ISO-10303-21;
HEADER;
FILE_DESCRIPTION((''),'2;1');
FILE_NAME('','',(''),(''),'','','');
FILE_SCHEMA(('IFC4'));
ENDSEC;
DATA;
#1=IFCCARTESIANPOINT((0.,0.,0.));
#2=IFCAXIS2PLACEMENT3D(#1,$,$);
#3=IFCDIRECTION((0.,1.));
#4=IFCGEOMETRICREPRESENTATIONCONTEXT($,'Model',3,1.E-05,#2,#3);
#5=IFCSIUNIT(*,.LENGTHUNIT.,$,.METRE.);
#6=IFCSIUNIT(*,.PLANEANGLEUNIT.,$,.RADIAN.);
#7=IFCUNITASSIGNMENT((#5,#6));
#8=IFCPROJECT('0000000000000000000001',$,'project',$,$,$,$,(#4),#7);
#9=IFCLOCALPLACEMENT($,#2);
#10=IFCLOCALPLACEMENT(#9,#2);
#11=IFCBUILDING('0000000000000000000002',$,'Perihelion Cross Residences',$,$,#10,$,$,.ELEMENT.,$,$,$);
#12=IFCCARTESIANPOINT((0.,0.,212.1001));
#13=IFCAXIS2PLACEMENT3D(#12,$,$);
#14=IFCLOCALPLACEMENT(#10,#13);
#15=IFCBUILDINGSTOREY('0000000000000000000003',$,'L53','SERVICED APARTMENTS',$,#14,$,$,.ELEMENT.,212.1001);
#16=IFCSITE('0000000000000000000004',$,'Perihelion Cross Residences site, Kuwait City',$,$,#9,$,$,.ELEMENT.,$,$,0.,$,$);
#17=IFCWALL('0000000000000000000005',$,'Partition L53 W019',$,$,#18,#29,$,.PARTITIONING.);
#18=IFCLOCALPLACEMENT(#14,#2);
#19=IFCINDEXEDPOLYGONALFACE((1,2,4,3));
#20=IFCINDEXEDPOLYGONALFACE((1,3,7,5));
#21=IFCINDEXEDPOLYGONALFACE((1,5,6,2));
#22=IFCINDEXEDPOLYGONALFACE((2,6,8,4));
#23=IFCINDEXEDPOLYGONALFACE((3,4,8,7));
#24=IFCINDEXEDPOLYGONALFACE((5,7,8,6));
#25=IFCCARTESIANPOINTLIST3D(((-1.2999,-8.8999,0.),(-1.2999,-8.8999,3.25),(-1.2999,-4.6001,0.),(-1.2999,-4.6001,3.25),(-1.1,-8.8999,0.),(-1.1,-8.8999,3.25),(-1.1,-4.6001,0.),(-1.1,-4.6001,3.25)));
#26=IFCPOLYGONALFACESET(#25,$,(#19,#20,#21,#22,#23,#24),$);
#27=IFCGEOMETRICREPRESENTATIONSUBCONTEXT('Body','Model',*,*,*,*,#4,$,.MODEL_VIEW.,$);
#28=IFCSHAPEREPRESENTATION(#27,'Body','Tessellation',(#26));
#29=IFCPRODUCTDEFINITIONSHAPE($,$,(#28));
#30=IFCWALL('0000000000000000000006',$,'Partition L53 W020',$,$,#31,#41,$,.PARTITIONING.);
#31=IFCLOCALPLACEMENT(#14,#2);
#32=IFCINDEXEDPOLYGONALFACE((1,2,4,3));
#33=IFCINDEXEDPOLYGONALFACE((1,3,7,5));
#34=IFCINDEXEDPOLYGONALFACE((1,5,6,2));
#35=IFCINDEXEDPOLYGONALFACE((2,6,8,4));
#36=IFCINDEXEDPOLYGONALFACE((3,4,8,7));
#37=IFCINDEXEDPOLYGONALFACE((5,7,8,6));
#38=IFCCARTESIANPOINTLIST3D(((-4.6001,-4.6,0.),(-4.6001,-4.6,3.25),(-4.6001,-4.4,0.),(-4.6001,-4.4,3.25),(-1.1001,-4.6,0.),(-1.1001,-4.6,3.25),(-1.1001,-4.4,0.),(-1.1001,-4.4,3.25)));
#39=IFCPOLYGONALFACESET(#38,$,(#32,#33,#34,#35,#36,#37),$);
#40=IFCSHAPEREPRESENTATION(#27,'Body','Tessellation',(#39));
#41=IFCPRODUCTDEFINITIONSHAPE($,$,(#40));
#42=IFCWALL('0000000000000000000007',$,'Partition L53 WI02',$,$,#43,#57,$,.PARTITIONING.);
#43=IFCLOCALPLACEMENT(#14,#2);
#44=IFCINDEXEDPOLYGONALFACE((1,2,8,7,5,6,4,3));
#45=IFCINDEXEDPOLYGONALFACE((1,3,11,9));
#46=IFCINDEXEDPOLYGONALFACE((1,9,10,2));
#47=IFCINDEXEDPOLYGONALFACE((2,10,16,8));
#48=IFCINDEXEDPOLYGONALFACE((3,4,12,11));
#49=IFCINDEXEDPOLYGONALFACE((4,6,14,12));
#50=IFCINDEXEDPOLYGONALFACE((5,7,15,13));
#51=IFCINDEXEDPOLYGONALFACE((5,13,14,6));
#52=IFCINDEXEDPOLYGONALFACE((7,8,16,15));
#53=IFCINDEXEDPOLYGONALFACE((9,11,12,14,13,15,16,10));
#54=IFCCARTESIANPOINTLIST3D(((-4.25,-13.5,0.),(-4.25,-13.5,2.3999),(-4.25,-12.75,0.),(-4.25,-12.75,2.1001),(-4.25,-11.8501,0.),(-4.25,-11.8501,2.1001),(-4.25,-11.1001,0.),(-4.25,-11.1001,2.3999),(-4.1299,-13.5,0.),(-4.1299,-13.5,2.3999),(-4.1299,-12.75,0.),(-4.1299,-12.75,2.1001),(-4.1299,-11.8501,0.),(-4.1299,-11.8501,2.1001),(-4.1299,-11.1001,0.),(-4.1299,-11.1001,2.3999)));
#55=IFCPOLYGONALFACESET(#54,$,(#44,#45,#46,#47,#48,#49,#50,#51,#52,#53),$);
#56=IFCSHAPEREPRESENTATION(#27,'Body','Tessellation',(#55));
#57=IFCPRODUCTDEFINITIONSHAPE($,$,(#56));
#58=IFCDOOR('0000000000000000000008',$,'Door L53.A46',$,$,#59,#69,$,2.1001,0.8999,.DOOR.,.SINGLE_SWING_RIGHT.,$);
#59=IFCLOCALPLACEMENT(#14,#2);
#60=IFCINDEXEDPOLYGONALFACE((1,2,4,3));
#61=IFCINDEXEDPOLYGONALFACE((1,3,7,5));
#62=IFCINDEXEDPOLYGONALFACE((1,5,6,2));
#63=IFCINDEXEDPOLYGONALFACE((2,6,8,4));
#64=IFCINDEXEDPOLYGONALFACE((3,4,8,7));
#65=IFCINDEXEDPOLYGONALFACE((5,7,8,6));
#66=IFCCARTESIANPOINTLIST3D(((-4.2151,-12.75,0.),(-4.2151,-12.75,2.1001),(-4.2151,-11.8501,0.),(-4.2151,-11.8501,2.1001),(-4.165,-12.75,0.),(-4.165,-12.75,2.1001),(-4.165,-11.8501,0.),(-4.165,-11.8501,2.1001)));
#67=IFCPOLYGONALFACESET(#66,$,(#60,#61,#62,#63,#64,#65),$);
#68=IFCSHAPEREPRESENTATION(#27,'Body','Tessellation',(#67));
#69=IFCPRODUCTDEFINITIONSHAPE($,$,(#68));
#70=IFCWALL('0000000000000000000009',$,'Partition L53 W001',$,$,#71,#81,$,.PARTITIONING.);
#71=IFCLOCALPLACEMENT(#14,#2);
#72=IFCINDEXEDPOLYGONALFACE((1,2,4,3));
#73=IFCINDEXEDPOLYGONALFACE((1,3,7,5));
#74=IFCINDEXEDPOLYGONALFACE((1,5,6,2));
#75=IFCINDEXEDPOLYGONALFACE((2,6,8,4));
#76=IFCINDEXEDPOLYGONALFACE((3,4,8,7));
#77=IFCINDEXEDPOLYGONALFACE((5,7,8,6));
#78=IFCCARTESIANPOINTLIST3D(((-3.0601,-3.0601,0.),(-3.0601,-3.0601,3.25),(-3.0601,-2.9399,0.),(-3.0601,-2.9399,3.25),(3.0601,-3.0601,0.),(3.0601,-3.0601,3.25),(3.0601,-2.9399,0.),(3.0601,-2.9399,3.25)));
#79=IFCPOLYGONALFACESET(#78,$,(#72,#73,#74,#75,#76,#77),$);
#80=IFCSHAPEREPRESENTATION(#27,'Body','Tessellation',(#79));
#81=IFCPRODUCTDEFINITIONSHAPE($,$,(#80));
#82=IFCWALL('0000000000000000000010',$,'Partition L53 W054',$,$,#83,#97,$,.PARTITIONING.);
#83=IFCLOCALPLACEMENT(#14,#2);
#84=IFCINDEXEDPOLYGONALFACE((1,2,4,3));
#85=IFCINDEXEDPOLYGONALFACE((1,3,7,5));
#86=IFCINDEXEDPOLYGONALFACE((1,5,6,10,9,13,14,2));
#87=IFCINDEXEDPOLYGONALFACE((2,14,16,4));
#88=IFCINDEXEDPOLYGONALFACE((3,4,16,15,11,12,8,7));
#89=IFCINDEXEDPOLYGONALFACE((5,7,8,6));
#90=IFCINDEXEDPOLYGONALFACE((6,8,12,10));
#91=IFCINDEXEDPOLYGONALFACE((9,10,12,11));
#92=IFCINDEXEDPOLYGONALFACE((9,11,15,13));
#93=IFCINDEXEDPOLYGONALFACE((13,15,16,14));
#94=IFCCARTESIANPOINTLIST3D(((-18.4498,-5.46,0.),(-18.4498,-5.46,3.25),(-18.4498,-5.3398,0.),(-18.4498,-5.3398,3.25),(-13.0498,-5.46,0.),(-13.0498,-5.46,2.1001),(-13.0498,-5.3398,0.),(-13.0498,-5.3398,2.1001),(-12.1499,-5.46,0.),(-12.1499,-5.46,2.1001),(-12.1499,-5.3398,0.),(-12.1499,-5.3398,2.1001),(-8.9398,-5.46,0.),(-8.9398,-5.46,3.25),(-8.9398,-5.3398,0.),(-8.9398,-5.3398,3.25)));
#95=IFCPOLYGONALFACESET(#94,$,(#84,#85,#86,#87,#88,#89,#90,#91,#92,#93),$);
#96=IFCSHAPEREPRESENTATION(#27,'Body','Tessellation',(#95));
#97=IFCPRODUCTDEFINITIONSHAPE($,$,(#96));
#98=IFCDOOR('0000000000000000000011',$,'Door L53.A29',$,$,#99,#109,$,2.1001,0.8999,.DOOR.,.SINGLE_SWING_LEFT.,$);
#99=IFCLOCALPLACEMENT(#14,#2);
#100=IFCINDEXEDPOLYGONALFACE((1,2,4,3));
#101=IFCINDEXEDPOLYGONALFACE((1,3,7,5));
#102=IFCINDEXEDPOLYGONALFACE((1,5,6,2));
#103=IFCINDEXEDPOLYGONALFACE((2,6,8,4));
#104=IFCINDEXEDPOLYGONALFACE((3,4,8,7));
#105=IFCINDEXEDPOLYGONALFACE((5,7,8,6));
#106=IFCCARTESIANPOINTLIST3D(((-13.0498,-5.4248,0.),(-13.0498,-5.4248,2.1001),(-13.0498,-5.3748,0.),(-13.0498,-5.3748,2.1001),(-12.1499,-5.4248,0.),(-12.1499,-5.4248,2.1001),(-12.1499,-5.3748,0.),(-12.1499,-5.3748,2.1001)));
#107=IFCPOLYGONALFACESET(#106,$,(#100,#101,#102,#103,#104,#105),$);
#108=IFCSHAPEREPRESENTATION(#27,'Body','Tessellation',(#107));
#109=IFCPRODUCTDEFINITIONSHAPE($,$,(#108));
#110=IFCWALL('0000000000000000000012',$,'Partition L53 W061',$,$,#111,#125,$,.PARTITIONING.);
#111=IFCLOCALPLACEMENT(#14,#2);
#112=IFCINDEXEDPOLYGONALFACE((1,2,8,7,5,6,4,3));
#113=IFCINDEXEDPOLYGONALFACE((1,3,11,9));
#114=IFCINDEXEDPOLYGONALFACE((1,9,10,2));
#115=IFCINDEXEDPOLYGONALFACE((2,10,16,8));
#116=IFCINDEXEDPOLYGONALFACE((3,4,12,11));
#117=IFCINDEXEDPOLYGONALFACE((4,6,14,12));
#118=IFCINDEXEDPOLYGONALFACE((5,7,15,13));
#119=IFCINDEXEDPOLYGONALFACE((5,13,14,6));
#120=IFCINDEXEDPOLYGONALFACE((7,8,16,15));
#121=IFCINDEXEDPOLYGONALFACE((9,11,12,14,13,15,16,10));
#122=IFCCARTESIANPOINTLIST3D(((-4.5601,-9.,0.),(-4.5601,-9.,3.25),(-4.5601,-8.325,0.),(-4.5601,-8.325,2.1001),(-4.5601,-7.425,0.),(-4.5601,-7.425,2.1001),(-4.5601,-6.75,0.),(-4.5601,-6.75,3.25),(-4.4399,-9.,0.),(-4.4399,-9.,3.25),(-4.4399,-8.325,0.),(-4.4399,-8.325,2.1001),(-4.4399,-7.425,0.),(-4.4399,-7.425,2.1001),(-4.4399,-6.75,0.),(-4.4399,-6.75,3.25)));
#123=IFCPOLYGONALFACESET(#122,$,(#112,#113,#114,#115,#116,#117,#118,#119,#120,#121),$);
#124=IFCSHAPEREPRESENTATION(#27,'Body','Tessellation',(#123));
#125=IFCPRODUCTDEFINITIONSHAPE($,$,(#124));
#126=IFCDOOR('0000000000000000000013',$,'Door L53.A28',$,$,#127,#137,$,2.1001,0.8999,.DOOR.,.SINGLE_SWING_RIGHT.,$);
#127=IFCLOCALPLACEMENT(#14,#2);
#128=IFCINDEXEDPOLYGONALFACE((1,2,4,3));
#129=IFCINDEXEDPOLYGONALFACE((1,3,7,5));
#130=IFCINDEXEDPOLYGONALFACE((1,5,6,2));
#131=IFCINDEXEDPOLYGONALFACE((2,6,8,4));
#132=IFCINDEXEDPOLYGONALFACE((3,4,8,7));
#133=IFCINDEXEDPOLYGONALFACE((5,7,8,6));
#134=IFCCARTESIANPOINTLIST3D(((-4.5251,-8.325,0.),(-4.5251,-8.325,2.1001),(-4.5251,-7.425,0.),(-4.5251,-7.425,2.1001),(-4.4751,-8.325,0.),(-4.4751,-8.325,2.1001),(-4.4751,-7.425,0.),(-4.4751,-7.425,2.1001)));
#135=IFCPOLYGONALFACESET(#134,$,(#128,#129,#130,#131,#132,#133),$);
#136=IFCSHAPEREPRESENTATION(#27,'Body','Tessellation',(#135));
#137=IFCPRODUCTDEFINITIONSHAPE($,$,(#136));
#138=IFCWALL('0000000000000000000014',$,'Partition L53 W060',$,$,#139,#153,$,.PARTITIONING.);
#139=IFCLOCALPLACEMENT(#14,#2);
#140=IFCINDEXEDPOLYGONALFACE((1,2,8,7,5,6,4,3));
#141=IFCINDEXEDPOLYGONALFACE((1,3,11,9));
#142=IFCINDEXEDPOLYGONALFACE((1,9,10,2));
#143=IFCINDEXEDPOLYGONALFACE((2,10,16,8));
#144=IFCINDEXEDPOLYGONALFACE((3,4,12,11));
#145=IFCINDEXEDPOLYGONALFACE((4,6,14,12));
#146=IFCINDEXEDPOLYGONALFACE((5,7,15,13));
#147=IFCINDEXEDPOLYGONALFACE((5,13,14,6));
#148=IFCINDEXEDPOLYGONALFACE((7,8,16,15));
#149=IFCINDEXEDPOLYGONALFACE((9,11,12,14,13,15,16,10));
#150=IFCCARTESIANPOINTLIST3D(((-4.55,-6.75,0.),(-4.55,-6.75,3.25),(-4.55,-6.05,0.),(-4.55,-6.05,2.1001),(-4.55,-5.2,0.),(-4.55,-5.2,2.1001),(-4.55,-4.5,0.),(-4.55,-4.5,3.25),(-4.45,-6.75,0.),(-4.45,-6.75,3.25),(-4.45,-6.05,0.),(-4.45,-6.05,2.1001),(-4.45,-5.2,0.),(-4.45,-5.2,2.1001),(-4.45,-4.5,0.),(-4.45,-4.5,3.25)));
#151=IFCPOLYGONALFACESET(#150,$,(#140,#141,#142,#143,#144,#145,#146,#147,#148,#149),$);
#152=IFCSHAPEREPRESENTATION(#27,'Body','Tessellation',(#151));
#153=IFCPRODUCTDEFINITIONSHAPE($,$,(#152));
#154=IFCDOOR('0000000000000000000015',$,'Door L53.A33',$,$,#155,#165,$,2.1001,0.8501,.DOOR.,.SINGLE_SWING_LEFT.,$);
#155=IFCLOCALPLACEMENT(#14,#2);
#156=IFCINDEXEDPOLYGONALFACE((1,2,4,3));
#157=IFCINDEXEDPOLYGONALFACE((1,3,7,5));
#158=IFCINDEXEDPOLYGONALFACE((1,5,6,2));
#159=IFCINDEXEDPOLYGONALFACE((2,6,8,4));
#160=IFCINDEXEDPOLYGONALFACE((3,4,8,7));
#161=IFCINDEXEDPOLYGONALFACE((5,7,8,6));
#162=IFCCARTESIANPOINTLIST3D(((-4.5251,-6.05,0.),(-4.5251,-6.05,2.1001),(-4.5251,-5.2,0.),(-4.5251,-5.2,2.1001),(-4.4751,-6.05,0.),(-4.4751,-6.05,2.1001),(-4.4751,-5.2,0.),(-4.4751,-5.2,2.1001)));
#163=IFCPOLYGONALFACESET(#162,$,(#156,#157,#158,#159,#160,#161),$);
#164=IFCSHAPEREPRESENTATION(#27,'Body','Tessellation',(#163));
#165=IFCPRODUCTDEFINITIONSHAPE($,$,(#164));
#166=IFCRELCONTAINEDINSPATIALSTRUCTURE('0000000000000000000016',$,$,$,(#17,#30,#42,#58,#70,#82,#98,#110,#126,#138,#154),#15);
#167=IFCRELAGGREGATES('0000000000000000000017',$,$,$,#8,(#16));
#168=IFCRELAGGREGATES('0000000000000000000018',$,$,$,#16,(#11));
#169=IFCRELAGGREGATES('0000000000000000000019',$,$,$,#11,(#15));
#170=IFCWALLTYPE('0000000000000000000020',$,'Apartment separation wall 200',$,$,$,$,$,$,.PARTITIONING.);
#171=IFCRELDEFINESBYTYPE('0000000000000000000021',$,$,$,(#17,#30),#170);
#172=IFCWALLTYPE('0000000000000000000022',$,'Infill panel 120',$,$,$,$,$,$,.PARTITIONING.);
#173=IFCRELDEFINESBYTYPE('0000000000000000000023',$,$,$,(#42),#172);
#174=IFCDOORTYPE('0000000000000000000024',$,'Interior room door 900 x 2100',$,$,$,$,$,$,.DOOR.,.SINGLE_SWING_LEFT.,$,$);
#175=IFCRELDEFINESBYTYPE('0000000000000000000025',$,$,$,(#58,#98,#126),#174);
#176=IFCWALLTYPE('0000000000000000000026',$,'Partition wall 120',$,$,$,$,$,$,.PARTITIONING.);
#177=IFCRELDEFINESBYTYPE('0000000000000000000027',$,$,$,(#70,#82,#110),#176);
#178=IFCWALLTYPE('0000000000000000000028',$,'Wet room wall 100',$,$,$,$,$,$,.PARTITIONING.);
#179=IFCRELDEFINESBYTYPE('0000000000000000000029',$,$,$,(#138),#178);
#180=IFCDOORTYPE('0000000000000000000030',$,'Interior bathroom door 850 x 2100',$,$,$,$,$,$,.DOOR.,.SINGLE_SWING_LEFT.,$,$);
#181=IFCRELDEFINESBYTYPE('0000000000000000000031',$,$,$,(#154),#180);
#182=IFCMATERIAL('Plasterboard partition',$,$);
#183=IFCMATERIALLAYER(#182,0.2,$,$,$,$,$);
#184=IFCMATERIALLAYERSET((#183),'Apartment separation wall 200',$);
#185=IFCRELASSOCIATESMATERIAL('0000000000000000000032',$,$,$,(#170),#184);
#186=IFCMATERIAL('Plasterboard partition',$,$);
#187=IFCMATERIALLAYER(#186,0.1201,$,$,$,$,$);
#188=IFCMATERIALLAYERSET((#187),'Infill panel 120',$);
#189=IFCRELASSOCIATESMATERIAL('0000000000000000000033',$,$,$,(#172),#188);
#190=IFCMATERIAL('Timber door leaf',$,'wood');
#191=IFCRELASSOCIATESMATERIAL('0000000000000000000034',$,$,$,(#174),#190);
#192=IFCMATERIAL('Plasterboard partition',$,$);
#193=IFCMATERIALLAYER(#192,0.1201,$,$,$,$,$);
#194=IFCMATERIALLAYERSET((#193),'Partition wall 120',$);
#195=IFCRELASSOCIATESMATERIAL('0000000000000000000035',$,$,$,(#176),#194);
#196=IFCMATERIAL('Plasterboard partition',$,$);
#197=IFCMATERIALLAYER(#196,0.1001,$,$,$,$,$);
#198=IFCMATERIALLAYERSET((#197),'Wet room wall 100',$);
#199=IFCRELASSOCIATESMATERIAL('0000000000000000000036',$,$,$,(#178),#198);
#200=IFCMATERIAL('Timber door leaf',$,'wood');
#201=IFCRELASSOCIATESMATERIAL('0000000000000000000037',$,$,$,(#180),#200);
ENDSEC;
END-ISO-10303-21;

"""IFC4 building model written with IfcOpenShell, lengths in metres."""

from ifc_helpers import new_model, si_unit, direction, frame, frame_2d, origin, place, context, subcontext, project, spatial, rectangle, extrude, material, layer, layer_set, type_object, element, fill, save


model = new_model("IFC4")

# Units and contexts
model_context = context("Model", 3, precision=1e-05, world=origin(), true_north=direction((0.0, 1.0)))
body_context = subcontext(model_context, "Body", "Model", "MODEL_VIEW")
ifc_project = project(units=[si_unit("LENGTHUNIT", "METRE"), si_unit("PLANEANGLEUNIT", "RADIAN")], contexts=[model_context])

# Site, building, storey
site_placement = place(None, origin())
site = spatial("IfcSite", under=ifc_project, at=site_placement, Name="Perihelion Cross Residences site, Kuwait City", CompositionType="ELEMENT", RefElevation=0.0)
building_placement = place(site_placement, origin())
building = spatial("IfcBuilding", under=site, at=building_placement, Name="Perihelion Cross Residences", CompositionType="ELEMENT")
storey_placement = place(building_placement, frame((0.0, 0.0, 212.1001)))
storey = spatial("IfcBuildingStorey", under=building, at=storey_placement, Name="L53", Description="SERVICED APARTMENTS", CompositionType="ELEMENT", Elevation=212.1001)

# Walls
ifc_material_1 = material(Name="Plasterboard partition")
ifc_layer_1 = layer(ifc_material_1, 0.2)
ifc_layer_set_1 = layer_set([ifc_layer_1], Name="Apartment separation wall 200")
wall_type_1 = type_object("IfcWallType", Name="Apartment separation wall 200", PredefinedType="PARTITIONING", material=ifc_layer_set_1)
wall_1_placement = place(storey_placement, frame((-1.2, -8.8999, 0.0), z_axis=(0.0, 0.0, 1.0), x_axis=(0.0, 1.0, 0.0)))
element("IfcWall", 1, at=wall_1_placement, inside=storey, type_object=wall_type_1, Name="Partition L53 W019", PredefinedType="PARTITIONING", context=body_context, shape_type="SweptSolid", body=[
    extrude(rectangle(XDim=4.2998, YDim=0.2, at=frame_2d((2.1499, 0.0))), origin(), (0.0, 0.0, 1.0), 3.25),
])
wall_2_placement = place(storey_placement, frame((-1.1001, -4.5, 0.0), z_axis=(0.0, 0.0, 1.0), x_axis=(-1.0, 0.0, 0.0)))
element("IfcWall", 2, at=wall_2_placement, inside=storey, type_object=wall_type_1, Name="Partition L53 W020", PredefinedType="PARTITIONING", context=body_context, shape_type="SweptSolid", body=[
    extrude(rectangle(XDim=3.5, YDim=0.2, at=frame_2d((1.75, 0.0))), origin(), (0.0, 0.0, 1.0), 3.25),
])

# Wall, opening, door
ifc_material_2 = material(Name="Plasterboard partition")
ifc_layer_2 = layer(ifc_material_2, 0.1201)
ifc_layer_set_2 = layer_set([ifc_layer_2], Name="Infill panel 120")
wall_type_2 = type_object("IfcWallType", Name="Infill panel 120", PredefinedType="PARTITIONING", material=ifc_layer_set_2)
wall_3_placement = place(storey_placement, frame((-4.1899, -11.1001, 0.0), z_axis=(0.0, 0.0, 1.0), x_axis=(0.0, -1.0, 0.0)))
wall_3 = element("IfcWall", 3, at=wall_3_placement, inside=storey, type_object=wall_type_2, Name="Partition L53 WI02", PredefinedType="PARTITIONING", context=body_context, shape_type="SweptSolid", body=[
    extrude(rectangle(XDim=2.3999, YDim=0.1201, at=frame_2d((1.2, 0.0))), origin(), (0.0, 0.0, 1.0), 2.3999),
])
opening_1_placement = place(wall_3_placement, frame((0.75, 0.0, 0.0)))
opening_1 = element("IfcOpeningElement", 4, at=opening_1_placement, cuts=wall_3, PredefinedType="OPENING", context=body_context, shape_type="SweptSolid", body=[
    extrude(rectangle(XDim=0.8999, YDim=2.1001, at=frame_2d((0.45, 1.05))), frame((0.0, 0.0701, 0.0), z_axis=(0.0, -1.0, 0.0), x_axis=(1.0, 0.0, 0.0)), (0.0, 0.0, 1.0), 0.1401),
])
ifc_material_3 = material(Name="Timber door leaf", Category="wood")
door_type_1 = type_object("IfcDoorType", Name="Interior room door 900 x 2100", OperationType="SINGLE_SWING_LEFT", PredefinedType="DOOR", material=ifc_material_3)
door_1_placement = place(opening_1_placement, origin())
door_1 = element("IfcDoor", 5, at=door_1_placement, inside=storey, type_object=door_type_1, Name="Door L53.A46", OperationType="SINGLE_SWING_RIGHT", OverallHeight=2.1001, OverallWidth=0.8999, PredefinedType="DOOR", context=body_context, shape_type="SweptSolid", body=[
    extrude(rectangle(XDim=0.8999, YDim=2.1001, at=frame_2d((0.45, 1.05))), frame((0.0, 0.0249, 0.0), z_axis=(0.0, -1.0, 0.0), x_axis=(1.0, 0.0, 0.0)), (0.0, 0.0, 1.0), 0.05),
])
fill(opening_1, door_1)

# Wall
ifc_material_4 = material(Name="Plasterboard partition")
ifc_layer_3 = layer(ifc_material_4, 0.1201)
ifc_layer_set_3 = layer_set([ifc_layer_3], Name="Partition wall 120")
wall_type_3 = type_object("IfcWallType", Name="Partition wall 120", PredefinedType="PARTITIONING", material=ifc_layer_set_3)
wall_4_placement = place(storey_placement, frame((-3.0601, -3.0, 0.0), z_axis=(0.0, 0.0, 1.0), x_axis=(1.0, 0.0, 0.0)))
element("IfcWall", 6, at=wall_4_placement, inside=storey, type_object=wall_type_3, Name="Partition L53 W001", PredefinedType="PARTITIONING", context=body_context, shape_type="SweptSolid", body=[
    extrude(rectangle(XDim=6.1201, YDim=0.1201, at=frame_2d((3.0601, 0.0))), origin(), (0.0, 0.0, 1.0), 3.25),
])

# Walls, openings, doors
wall_5_placement = place(storey_placement, frame((-8.9399, -5.3999, 0.0), z_axis=(0.0, 0.0, 1.0), x_axis=(-1.0, 0.0, 0.0)))
wall_5 = element("IfcWall", 7, at=wall_5_placement, inside=storey, type_object=wall_type_3, Name="Partition L53 W054", PredefinedType="PARTITIONING", context=body_context, shape_type="SweptSolid", body=[
    extrude(rectangle(XDim=9.51, YDim=0.1201, at=frame_2d((4.7549, 0.0))), origin(), (0.0, 0.0, 1.0), 3.25),
])
opening_2_placement = place(wall_5_placement, frame((3.21, 0.0, 0.0)))
opening_2 = element("IfcOpeningElement", 8, at=opening_2_placement, cuts=wall_5, PredefinedType="OPENING", context=body_context, shape_type="SweptSolid", body=[
    extrude(rectangle(XDim=0.8999, YDim=2.1001, at=frame_2d((0.45, 1.05))), frame((0.0, 0.0701, 0.0), z_axis=(0.0, -1.0, 0.0), x_axis=(1.0, 0.0, 0.0)), (0.0, 0.0, 1.0), 0.1401),
])
door_2_placement = place(opening_2_placement, origin())
door_2 = element("IfcDoor", 9, at=door_2_placement, inside=storey, type_object=door_type_1, Name="Door L53.A29", OperationType="SINGLE_SWING_LEFT", OverallHeight=2.1001, OverallWidth=0.8999, PredefinedType="DOOR", context=body_context, shape_type="SweptSolid", body=[
    extrude(rectangle(XDim=0.8999, YDim=2.1001, at=frame_2d((0.45, 1.05))), frame((0.0, 0.0249, 0.0), z_axis=(0.0, -1.0, 0.0), x_axis=(1.0, 0.0, 0.0)), (0.0, 0.0, 1.0), 0.05),
])
fill(opening_2, door_2)
wall_6_placement = place(storey_placement, frame((-4.5, -6.75, 0.0), z_axis=(0.0, 0.0, 1.0), x_axis=(0.0, -1.0, 0.0)))
wall_6 = element("IfcWall", 10, at=wall_6_placement, inside=storey, type_object=wall_type_3, Name="Partition L53 W061", PredefinedType="PARTITIONING", context=body_context, shape_type="SweptSolid", body=[
    extrude(rectangle(XDim=2.25, YDim=0.1201, at=frame_2d((1.125, 0.0))), origin(), (0.0, 0.0, 1.0), 3.25),
])
opening_3_placement = place(wall_6_placement, frame((0.675, 0.0, 0.0)))
opening_3 = element("IfcOpeningElement", 11, at=opening_3_placement, cuts=wall_6, PredefinedType="OPENING", context=body_context, shape_type="SweptSolid", body=[
    extrude(rectangle(XDim=0.8999, YDim=2.1001, at=frame_2d((0.45, 1.05))), frame((0.0, 0.0701, 0.0), z_axis=(0.0, -1.0, 0.0), x_axis=(1.0, 0.0, 0.0)), (0.0, 0.0, 1.0), 0.1401),
])
door_3_placement = place(opening_3_placement, origin())
door_3 = element("IfcDoor", 12, at=door_3_placement, inside=storey, type_object=door_type_1, Name="Door L53.A28", OperationType="SINGLE_SWING_RIGHT", OverallHeight=2.1001, OverallWidth=0.8999, PredefinedType="DOOR", context=body_context, shape_type="SweptSolid", body=[
    extrude(rectangle(XDim=0.8999, YDim=2.1001, at=frame_2d((0.45, 1.05))), frame((0.0, 0.0249, 0.0), z_axis=(0.0, -1.0, 0.0), x_axis=(1.0, 0.0, 0.0)), (0.0, 0.0, 1.0), 0.05),
])
fill(opening_3, door_3)
ifc_material_5 = material(Name="Plasterboard partition")
ifc_layer_4 = layer(ifc_material_5, 0.1001)
ifc_layer_set_4 = layer_set([ifc_layer_4], Name="Wet room wall 100")
wall_type_4 = type_object("IfcWallType", Name="Wet room wall 100", PredefinedType="PARTITIONING", material=ifc_layer_set_4)
wall_7_placement = place(storey_placement, frame((-4.5, -4.5, 0.0), z_axis=(0.0, 0.0, 1.0), x_axis=(0.0, -1.0, 0.0)))
wall_7 = element("IfcWall", 13, at=wall_7_placement, inside=storey, type_object=wall_type_4, Name="Partition L53 W060", PredefinedType="PARTITIONING", context=body_context, shape_type="SweptSolid", body=[
    extrude(rectangle(XDim=2.25, YDim=0.1001, at=frame_2d((1.125, 0.0))), origin(), (0.0, 0.0, 1.0), 3.25),
])
opening_4_placement = place(wall_7_placement, frame((0.7, 0.0, 0.0)))
opening_4 = element("IfcOpeningElement", 14, at=opening_4_placement, cuts=wall_7, PredefinedType="OPENING", context=body_context, shape_type="SweptSolid", body=[
    extrude(rectangle(XDim=0.8501, YDim=2.1001, at=frame_2d((0.425, 1.05))), frame((0.0, 0.0601, 0.0), z_axis=(0.0, -1.0, 0.0), x_axis=(1.0, 0.0, 0.0)), (0.0, 0.0, 1.0), 0.1201),
])
ifc_material_6 = material(Name="Timber door leaf", Category="wood")
door_type_2 = type_object("IfcDoorType", Name="Interior bathroom door 850 x 2100", OperationType="SINGLE_SWING_LEFT", PredefinedType="DOOR", material=ifc_material_6)
door_4_placement = place(opening_4_placement, origin())
door_4 = element("IfcDoor", 15, at=door_4_placement, inside=storey, type_object=door_type_2, Name="Door L53.A33", OperationType="SINGLE_SWING_LEFT", OverallHeight=2.1001, OverallWidth=0.8501, PredefinedType="DOOR", context=body_context, shape_type="SweptSolid", body=[
    extrude(rectangle(XDim=0.8501, YDim=2.1001, at=frame_2d((0.425, 1.05))), frame((0.0, 0.0249, 0.0), z_axis=(0.0, -1.0, 0.0), x_axis=(1.0, 0.0, 0.0)), (0.0, 0.0, 1.0), 0.05),
])
fill(opening_4, door_4)

save(model, "model.ifc")
